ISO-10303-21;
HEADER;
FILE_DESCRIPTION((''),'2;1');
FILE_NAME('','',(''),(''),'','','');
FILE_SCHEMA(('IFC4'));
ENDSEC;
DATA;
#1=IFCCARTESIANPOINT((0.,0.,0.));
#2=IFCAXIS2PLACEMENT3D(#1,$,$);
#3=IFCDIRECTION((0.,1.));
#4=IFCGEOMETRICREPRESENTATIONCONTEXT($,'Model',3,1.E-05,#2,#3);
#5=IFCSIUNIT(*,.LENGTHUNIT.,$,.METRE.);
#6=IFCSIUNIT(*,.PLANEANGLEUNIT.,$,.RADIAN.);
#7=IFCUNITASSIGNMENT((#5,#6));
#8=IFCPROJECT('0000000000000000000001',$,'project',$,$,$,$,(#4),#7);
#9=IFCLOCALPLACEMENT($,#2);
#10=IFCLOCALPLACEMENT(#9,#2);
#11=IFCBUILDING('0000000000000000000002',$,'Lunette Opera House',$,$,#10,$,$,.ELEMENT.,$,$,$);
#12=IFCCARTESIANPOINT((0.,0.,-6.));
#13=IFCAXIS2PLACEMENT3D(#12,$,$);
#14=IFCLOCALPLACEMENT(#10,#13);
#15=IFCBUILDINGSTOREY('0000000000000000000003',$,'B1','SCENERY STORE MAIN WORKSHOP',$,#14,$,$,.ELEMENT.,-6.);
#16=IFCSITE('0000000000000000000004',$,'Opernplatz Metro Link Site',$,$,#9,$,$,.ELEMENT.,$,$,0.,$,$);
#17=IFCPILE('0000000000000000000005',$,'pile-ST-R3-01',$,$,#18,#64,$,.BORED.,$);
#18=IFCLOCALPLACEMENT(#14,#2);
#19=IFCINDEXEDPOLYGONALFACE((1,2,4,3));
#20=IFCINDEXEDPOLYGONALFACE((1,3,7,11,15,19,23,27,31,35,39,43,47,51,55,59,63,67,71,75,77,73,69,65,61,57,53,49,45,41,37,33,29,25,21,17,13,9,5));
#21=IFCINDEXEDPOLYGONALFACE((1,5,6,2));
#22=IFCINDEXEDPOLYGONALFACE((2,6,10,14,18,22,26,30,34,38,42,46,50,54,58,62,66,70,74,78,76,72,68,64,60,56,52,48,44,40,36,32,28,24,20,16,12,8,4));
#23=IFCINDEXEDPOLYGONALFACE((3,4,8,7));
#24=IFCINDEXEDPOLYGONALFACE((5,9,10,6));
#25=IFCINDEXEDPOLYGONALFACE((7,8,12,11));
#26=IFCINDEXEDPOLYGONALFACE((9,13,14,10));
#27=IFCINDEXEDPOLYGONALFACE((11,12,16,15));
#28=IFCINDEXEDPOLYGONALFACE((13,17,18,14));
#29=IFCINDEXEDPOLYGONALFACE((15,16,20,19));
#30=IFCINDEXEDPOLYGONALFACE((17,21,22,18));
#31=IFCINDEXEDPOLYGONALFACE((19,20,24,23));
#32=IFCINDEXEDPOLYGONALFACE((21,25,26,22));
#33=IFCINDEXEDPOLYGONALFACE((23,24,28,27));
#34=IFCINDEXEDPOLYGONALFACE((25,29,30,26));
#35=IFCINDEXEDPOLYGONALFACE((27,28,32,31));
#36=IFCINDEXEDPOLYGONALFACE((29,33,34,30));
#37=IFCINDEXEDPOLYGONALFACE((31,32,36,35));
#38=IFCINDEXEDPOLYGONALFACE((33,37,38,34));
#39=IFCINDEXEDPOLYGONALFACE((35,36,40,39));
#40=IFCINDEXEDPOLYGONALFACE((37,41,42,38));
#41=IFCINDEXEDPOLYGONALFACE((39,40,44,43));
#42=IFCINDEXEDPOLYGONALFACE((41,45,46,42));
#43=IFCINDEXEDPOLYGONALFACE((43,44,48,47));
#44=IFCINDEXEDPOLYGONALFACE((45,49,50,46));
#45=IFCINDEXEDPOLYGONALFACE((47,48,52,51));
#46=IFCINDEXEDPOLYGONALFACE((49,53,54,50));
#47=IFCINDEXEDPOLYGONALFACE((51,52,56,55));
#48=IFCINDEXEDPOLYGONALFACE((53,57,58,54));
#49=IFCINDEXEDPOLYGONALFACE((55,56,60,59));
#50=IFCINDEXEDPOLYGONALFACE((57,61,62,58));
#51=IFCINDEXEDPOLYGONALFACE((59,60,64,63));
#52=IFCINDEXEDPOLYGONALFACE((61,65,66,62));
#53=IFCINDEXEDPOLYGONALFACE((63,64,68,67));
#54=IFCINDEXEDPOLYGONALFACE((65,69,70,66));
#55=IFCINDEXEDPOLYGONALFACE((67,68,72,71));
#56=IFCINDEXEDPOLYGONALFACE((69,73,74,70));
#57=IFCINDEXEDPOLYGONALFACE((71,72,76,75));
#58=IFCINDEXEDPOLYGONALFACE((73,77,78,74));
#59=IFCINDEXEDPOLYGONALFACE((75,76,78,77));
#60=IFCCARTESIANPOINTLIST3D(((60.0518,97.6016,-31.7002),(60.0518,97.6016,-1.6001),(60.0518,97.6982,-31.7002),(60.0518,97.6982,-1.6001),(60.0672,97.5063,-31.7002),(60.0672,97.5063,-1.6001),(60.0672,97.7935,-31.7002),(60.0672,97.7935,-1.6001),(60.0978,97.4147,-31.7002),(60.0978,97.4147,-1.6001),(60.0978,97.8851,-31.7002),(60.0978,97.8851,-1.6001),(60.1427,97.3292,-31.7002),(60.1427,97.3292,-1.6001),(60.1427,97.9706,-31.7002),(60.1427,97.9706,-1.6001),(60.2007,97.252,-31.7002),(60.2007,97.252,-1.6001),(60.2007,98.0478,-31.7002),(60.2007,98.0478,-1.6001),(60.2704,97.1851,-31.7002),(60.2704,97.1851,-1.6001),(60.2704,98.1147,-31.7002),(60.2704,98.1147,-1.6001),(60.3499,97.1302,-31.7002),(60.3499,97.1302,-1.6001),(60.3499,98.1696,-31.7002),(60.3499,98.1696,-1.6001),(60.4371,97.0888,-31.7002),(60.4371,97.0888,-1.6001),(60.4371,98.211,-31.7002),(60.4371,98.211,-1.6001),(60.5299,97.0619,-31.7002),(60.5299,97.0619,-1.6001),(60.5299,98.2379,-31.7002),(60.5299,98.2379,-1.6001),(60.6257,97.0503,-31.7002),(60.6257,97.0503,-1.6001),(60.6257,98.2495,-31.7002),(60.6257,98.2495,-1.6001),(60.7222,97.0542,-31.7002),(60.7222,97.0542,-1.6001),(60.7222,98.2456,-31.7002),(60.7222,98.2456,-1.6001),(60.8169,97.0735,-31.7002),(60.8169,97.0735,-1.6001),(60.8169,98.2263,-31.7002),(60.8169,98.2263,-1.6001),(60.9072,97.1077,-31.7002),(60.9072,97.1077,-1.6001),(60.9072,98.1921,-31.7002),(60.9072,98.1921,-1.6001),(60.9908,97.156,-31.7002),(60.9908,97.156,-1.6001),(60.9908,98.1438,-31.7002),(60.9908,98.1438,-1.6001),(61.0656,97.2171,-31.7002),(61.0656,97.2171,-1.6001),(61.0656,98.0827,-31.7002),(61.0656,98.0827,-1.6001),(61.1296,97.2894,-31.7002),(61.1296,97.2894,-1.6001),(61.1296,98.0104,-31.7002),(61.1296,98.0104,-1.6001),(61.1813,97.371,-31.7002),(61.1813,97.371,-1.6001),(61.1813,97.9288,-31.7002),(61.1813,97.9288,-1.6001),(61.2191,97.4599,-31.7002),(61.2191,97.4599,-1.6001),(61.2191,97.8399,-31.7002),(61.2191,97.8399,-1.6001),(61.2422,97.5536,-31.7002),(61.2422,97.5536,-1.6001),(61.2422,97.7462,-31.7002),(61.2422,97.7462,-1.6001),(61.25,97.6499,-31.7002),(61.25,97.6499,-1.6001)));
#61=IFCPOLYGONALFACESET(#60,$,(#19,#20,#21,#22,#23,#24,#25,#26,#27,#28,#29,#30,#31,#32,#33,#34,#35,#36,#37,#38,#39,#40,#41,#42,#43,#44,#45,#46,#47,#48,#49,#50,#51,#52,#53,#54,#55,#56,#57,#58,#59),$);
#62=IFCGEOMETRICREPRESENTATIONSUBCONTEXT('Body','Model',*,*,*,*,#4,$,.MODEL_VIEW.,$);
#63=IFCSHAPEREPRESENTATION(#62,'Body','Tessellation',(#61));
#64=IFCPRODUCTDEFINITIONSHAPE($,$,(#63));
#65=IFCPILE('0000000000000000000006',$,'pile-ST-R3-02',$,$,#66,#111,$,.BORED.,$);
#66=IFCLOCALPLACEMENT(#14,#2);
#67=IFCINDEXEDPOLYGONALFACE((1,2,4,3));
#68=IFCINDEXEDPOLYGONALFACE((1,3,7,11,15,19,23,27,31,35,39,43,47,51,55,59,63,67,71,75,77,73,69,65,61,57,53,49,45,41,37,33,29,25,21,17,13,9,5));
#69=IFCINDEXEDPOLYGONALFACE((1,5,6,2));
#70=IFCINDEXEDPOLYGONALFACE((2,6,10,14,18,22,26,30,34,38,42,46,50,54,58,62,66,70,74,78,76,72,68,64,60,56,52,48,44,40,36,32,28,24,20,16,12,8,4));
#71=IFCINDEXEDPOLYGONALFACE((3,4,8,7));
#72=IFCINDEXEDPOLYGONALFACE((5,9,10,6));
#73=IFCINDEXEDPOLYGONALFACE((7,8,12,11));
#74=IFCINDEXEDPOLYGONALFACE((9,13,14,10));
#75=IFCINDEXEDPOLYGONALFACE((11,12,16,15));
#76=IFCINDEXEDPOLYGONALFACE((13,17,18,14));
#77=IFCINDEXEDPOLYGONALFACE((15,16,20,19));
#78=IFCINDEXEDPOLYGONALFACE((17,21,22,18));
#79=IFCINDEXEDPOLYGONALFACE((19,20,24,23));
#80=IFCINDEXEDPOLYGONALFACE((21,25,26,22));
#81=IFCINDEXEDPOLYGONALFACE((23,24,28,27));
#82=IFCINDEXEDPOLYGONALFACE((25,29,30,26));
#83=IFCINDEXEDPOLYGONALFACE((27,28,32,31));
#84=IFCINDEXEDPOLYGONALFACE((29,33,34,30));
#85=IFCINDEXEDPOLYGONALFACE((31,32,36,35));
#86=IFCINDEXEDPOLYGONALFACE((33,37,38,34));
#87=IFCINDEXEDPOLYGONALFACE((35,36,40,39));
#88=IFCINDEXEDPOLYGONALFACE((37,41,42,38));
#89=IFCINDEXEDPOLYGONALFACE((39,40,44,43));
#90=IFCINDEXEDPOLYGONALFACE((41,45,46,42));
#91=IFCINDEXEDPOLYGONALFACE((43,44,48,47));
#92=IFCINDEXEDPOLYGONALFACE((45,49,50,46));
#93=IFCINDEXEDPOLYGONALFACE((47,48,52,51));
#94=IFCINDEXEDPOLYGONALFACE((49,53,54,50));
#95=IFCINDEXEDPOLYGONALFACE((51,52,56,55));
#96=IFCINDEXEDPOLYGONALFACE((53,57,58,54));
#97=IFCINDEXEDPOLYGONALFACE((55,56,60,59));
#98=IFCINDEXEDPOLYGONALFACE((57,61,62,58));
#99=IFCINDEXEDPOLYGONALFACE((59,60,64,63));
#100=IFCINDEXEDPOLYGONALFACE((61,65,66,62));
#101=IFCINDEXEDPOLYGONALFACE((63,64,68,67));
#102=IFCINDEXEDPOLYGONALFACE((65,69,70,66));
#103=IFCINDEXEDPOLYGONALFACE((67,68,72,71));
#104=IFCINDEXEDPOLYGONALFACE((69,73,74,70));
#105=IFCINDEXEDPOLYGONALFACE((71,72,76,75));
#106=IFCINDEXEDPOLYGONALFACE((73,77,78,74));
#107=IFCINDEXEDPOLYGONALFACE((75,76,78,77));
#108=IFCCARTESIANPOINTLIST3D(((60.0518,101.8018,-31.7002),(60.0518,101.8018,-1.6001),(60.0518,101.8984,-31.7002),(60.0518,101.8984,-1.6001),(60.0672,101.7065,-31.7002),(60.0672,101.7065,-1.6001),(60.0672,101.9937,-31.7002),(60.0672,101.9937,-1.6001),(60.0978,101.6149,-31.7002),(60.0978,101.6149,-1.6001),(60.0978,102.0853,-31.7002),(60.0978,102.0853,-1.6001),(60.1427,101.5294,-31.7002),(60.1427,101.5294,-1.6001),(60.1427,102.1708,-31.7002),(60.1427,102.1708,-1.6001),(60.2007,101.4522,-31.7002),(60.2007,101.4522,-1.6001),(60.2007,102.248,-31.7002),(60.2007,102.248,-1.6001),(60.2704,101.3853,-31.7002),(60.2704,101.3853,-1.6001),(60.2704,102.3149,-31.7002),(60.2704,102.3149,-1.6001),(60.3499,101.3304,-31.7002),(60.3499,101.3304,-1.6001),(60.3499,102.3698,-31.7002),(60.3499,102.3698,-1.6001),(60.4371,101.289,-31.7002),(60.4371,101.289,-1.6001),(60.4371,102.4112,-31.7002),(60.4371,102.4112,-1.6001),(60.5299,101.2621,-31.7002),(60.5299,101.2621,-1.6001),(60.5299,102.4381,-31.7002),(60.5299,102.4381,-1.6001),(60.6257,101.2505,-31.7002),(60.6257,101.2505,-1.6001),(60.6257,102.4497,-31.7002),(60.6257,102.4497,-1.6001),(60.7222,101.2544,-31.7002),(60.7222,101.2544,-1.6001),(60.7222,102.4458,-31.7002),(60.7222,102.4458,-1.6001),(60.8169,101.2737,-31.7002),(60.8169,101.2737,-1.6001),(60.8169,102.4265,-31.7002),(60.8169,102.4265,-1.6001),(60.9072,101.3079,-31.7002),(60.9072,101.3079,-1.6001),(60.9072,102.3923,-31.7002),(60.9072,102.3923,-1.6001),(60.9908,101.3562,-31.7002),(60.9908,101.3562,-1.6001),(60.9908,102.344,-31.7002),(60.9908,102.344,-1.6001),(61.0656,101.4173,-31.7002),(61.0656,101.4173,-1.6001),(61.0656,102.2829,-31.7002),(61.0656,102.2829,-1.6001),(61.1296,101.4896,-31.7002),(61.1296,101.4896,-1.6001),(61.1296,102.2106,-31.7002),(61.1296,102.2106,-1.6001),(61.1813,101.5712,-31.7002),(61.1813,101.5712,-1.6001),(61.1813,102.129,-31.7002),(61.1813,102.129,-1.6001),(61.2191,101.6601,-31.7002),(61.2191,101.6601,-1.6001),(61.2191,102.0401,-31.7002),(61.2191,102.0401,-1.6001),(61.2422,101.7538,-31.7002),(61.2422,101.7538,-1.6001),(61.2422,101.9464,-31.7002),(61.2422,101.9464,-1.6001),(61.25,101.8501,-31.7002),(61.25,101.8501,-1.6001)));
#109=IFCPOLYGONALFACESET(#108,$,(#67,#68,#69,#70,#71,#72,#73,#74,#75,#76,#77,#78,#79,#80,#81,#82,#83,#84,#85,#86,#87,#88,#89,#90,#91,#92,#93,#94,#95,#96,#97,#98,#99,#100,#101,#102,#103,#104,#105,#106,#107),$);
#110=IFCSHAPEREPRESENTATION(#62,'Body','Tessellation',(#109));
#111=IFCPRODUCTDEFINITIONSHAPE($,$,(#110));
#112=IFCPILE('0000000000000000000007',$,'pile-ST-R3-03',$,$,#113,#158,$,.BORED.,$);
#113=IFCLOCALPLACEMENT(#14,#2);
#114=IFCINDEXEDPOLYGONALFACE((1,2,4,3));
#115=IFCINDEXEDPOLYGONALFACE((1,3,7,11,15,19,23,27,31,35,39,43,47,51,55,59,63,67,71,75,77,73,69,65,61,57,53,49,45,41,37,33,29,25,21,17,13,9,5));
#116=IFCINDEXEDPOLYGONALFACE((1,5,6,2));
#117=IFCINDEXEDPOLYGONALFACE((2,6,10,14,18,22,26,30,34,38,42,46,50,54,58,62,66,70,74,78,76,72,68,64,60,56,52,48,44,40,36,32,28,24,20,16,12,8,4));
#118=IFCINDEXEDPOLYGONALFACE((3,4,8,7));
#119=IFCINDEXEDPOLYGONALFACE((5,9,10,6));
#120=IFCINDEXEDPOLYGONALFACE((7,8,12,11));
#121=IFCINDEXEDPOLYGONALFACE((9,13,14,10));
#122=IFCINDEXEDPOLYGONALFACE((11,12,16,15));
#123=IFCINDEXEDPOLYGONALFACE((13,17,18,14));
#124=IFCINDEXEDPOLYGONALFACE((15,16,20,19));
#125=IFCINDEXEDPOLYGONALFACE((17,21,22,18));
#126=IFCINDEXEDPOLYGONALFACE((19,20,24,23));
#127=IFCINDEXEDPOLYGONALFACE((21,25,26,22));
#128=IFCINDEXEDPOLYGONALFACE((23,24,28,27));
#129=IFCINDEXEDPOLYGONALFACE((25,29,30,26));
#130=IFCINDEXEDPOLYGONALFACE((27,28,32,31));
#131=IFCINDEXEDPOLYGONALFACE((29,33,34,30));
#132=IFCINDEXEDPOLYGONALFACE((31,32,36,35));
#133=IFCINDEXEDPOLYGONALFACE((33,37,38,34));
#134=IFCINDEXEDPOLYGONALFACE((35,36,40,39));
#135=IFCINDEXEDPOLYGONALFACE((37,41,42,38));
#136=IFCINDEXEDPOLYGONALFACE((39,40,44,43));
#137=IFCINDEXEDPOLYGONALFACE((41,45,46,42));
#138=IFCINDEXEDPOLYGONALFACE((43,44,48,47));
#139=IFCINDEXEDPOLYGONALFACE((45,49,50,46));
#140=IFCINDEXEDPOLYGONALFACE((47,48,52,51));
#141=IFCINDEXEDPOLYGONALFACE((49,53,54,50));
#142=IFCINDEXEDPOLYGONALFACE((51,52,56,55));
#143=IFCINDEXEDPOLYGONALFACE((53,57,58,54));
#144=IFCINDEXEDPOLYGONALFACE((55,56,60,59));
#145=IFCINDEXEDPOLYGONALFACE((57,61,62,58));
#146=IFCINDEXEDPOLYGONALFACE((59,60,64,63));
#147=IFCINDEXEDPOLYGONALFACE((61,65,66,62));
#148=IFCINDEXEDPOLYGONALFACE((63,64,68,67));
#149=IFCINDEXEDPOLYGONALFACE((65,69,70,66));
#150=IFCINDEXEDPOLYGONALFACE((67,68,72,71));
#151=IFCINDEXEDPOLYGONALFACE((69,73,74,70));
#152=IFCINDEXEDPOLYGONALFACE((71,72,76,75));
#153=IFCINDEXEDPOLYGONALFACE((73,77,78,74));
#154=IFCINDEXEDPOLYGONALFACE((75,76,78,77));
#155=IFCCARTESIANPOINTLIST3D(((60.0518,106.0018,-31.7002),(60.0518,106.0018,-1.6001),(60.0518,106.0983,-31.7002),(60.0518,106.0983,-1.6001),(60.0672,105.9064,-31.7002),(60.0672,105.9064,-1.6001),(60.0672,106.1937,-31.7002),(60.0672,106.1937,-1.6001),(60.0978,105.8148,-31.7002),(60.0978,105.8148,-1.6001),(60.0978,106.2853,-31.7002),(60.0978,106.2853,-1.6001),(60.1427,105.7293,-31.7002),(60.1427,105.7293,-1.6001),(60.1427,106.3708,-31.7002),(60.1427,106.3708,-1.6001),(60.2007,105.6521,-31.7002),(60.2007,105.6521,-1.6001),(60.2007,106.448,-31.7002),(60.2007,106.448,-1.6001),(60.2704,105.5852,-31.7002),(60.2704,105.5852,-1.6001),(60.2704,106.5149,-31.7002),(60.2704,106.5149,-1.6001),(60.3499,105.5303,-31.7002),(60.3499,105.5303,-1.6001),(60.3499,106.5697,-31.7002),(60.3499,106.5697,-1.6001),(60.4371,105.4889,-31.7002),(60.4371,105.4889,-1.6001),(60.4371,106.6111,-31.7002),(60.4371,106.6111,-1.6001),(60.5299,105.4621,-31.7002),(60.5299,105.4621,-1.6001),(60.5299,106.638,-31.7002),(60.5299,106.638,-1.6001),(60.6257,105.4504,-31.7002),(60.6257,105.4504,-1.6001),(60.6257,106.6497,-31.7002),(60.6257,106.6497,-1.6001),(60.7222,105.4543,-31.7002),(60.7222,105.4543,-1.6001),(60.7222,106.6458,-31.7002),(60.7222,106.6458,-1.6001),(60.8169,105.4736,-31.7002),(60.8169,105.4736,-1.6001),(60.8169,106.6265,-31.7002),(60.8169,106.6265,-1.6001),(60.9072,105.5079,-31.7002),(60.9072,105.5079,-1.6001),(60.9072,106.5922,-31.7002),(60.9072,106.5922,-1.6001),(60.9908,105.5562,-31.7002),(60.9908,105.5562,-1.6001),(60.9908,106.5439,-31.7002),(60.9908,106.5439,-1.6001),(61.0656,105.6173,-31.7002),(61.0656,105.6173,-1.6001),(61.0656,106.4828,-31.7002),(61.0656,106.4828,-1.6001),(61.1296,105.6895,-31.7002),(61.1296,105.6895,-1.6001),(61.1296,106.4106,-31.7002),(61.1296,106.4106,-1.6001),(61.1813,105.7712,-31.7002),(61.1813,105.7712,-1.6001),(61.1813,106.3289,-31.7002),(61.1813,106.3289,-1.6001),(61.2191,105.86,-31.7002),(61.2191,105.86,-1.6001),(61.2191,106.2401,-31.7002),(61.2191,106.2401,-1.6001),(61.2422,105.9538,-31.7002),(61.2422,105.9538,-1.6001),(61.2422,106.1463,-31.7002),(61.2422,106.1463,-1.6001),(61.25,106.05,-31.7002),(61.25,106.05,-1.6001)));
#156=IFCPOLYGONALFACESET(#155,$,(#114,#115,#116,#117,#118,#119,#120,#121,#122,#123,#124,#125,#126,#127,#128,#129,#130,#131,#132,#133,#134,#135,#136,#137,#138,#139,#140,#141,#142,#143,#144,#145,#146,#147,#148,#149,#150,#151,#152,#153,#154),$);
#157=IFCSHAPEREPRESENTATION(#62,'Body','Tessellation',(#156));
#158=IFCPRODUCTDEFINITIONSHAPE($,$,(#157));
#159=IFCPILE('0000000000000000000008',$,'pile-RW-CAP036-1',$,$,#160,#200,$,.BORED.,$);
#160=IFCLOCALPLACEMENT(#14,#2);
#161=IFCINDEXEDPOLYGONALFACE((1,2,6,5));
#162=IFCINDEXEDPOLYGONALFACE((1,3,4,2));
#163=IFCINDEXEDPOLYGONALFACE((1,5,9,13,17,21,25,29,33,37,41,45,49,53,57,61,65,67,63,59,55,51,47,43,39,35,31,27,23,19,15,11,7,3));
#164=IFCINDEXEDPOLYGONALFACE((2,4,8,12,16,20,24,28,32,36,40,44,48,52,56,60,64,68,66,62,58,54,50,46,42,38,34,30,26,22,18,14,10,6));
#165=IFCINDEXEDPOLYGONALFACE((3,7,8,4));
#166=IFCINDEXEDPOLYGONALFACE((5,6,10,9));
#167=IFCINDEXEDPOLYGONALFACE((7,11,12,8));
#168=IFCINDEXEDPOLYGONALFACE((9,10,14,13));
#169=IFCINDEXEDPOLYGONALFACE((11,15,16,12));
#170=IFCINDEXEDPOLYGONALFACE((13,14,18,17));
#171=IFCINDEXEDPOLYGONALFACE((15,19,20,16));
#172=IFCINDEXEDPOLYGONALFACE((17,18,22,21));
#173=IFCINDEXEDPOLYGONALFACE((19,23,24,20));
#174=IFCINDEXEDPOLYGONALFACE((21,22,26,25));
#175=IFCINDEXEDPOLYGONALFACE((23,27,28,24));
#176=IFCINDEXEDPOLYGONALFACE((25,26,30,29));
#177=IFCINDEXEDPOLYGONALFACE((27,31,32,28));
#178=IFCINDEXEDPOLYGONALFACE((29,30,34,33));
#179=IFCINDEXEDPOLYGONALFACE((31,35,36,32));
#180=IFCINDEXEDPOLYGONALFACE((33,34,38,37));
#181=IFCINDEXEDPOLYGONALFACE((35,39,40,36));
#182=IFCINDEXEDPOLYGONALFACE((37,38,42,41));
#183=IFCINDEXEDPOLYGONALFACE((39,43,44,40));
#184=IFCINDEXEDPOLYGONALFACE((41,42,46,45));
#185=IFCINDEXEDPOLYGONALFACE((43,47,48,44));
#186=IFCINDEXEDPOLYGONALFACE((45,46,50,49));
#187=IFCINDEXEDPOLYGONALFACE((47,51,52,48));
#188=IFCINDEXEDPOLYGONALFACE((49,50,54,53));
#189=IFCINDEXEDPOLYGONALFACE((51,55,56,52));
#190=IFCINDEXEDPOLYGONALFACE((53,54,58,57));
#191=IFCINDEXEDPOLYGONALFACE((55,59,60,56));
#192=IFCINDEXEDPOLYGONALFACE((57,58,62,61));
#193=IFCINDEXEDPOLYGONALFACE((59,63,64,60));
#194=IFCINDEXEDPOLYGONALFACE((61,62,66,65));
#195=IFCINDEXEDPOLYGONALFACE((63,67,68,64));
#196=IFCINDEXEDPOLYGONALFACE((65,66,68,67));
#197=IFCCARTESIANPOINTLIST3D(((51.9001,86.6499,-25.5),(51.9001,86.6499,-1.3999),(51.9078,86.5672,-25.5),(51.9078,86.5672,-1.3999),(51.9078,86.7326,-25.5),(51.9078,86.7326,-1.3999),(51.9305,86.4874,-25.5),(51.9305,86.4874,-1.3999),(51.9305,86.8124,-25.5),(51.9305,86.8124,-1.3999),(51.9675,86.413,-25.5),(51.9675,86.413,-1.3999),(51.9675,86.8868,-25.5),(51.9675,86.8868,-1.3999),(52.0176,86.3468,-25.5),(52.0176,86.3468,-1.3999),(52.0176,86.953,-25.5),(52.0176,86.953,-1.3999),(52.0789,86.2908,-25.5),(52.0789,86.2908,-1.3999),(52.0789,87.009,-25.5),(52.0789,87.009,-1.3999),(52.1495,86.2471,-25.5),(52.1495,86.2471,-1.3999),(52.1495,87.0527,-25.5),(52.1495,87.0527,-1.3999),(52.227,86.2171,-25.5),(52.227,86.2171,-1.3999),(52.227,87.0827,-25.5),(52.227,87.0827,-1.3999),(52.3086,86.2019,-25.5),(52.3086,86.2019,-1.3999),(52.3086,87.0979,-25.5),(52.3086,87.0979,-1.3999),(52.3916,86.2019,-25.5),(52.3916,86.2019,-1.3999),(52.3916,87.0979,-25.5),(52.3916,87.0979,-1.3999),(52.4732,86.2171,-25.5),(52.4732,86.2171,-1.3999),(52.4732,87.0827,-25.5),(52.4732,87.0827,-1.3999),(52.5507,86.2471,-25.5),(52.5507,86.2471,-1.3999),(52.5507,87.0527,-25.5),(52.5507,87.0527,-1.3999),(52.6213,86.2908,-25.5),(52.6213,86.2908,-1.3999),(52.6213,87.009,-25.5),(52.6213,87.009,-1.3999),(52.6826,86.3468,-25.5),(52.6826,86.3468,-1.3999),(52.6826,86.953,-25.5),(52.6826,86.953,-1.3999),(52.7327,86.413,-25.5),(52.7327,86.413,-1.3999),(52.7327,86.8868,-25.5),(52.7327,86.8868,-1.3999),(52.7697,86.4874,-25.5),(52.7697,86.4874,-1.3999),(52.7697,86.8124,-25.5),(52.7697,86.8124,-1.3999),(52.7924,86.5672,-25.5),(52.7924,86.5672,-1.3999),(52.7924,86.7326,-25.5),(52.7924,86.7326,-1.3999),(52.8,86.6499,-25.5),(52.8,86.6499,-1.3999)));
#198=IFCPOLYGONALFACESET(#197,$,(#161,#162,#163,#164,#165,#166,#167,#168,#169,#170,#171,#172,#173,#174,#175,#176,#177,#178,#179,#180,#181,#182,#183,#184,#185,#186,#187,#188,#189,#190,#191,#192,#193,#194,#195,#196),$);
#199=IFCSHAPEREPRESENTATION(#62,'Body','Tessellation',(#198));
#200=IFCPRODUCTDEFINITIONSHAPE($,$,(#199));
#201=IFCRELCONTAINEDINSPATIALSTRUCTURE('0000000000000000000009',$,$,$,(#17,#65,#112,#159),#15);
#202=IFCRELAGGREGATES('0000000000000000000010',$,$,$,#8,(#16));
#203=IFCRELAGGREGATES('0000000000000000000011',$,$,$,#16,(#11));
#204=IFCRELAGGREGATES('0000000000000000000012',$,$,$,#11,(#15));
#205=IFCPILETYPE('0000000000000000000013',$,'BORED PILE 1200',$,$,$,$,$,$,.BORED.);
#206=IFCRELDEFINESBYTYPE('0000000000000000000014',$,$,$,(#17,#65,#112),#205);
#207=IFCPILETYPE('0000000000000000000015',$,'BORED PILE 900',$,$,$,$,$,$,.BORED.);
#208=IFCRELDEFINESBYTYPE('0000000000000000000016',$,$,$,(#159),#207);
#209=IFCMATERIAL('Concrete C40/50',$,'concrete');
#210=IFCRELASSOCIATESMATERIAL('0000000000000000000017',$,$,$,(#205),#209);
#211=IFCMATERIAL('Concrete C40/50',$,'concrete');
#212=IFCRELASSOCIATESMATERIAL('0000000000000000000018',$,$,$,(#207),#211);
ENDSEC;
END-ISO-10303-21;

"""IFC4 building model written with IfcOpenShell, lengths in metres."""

from ifc_helpers import new_model, si_unit, direction, frame, origin, origin_2d, place, context, subcontext, project, spatial, circle, extrude, material, material_profile, profile_set, type_object, element, save


model = new_model("IFC4")

# Units and contexts
model_context = context("Model", 3, precision=1e-05, world=origin(), true_north=direction((0.0, 1.0)))
body_context = subcontext(model_context, "Body", "Model", "MODEL_VIEW")
ifc_project = project(units=[si_unit("LENGTHUNIT", "METRE"), si_unit("PLANEANGLEUNIT", "RADIAN")], contexts=[model_context])

# Site, building, storey
site_placement = place(None, origin())
site = spatial("IfcSite", under=ifc_project, at=site_placement, Name="Opernplatz Metro Link Site", CompositionType="ELEMENT", RefElevation=0.0)
building_placement = place(site_placement, origin())
building = spatial("IfcBuilding", under=site, at=building_placement, Name="Lunette Opera House", CompositionType="ELEMENT")
storey_placement = place(building_placement, frame((0.0, 0.0, -6.0)))
storey = spatial("IfcBuildingStorey", under=building, at=storey_placement, Name="B1", Description="SCENERY STORE MAIN WORKSHOP", CompositionType="ELEMENT", Elevation=-6.0)

# Piles
ifc_material_1 = material(Name="Concrete C40/50", Category="concrete")
ifc_material_profile_1 = material_profile(ifc_material_1, circle(Radius=0.6001, at=origin_2d()), Name="BORED PILE 1200")
ifc_profile_set_1 = profile_set([ifc_material_profile_1], Name="Concrete C40/50")
pile_type_1 = type_object("IfcPileType", Name="BORED PILE 1200", PredefinedType="BORED", material=ifc_profile_set_1)
for number, where, z_axis, x_axis, name in (
    (1, (60.6499, 97.6499, -1.6001), (0.0, 0.0, -1.0), (1.0, 0.0, 0.0), "pile-ST-R3-01"),
    (2, (60.6499, 101.8501, -1.6001), (0.0, 0.0, -1.0), (1.0, 0.0, 0.0), "pile-ST-R3-02"),
    (3, (60.6499, 106.05, -1.6001), (0.0, 0.0, -1.0), (1.0, 0.0, 0.0), "pile-ST-R3-03"),
):
    element("IfcPile", number, at=place(storey_placement, frame(where, z_axis=z_axis, x_axis=x_axis)), inside=storey, type_object=pile_type_1, Name=name, PredefinedType="BORED", context=body_context, shape_type="SweptSolid", body=[
        extrude(circle(Radius=0.6001, at=origin_2d()), origin(), (0.0, 0.0, 1.0), 30.1001),
    ])
ifc_material_2 = material(Name="Concrete C40/50", Category="concrete")
ifc_material_profile_2 = material_profile(ifc_material_2, circle(Radius=0.45, at=origin_2d()), Name="BORED PILE 900")
ifc_profile_set_2 = profile_set([ifc_material_profile_2], Name="Concrete C40/50")
pile_type_2 = type_object("IfcPileType", Name="BORED PILE 900", PredefinedType="BORED", material=ifc_profile_set_2)
for number, where, z_axis, x_axis, name in (
    (4, (52.3501, 86.6499, -1.3999), (0.0, 0.0, -1.0), (1.0, 0.0, 0.0), "pile-RW-CAP036-1"),
):
    element("IfcPile", number, at=place(storey_placement, frame(where, z_axis=z_axis, x_axis=x_axis)), inside=storey, type_object=pile_type_2, Name=name, PredefinedType="BORED", context=body_context, shape_type="SweptSolid", body=[
        extrude(circle(Radius=0.45, at=origin_2d()), origin(), (0.0, 0.0, 1.0), 24.1001),
    ])

save(model, "model.ifc")
